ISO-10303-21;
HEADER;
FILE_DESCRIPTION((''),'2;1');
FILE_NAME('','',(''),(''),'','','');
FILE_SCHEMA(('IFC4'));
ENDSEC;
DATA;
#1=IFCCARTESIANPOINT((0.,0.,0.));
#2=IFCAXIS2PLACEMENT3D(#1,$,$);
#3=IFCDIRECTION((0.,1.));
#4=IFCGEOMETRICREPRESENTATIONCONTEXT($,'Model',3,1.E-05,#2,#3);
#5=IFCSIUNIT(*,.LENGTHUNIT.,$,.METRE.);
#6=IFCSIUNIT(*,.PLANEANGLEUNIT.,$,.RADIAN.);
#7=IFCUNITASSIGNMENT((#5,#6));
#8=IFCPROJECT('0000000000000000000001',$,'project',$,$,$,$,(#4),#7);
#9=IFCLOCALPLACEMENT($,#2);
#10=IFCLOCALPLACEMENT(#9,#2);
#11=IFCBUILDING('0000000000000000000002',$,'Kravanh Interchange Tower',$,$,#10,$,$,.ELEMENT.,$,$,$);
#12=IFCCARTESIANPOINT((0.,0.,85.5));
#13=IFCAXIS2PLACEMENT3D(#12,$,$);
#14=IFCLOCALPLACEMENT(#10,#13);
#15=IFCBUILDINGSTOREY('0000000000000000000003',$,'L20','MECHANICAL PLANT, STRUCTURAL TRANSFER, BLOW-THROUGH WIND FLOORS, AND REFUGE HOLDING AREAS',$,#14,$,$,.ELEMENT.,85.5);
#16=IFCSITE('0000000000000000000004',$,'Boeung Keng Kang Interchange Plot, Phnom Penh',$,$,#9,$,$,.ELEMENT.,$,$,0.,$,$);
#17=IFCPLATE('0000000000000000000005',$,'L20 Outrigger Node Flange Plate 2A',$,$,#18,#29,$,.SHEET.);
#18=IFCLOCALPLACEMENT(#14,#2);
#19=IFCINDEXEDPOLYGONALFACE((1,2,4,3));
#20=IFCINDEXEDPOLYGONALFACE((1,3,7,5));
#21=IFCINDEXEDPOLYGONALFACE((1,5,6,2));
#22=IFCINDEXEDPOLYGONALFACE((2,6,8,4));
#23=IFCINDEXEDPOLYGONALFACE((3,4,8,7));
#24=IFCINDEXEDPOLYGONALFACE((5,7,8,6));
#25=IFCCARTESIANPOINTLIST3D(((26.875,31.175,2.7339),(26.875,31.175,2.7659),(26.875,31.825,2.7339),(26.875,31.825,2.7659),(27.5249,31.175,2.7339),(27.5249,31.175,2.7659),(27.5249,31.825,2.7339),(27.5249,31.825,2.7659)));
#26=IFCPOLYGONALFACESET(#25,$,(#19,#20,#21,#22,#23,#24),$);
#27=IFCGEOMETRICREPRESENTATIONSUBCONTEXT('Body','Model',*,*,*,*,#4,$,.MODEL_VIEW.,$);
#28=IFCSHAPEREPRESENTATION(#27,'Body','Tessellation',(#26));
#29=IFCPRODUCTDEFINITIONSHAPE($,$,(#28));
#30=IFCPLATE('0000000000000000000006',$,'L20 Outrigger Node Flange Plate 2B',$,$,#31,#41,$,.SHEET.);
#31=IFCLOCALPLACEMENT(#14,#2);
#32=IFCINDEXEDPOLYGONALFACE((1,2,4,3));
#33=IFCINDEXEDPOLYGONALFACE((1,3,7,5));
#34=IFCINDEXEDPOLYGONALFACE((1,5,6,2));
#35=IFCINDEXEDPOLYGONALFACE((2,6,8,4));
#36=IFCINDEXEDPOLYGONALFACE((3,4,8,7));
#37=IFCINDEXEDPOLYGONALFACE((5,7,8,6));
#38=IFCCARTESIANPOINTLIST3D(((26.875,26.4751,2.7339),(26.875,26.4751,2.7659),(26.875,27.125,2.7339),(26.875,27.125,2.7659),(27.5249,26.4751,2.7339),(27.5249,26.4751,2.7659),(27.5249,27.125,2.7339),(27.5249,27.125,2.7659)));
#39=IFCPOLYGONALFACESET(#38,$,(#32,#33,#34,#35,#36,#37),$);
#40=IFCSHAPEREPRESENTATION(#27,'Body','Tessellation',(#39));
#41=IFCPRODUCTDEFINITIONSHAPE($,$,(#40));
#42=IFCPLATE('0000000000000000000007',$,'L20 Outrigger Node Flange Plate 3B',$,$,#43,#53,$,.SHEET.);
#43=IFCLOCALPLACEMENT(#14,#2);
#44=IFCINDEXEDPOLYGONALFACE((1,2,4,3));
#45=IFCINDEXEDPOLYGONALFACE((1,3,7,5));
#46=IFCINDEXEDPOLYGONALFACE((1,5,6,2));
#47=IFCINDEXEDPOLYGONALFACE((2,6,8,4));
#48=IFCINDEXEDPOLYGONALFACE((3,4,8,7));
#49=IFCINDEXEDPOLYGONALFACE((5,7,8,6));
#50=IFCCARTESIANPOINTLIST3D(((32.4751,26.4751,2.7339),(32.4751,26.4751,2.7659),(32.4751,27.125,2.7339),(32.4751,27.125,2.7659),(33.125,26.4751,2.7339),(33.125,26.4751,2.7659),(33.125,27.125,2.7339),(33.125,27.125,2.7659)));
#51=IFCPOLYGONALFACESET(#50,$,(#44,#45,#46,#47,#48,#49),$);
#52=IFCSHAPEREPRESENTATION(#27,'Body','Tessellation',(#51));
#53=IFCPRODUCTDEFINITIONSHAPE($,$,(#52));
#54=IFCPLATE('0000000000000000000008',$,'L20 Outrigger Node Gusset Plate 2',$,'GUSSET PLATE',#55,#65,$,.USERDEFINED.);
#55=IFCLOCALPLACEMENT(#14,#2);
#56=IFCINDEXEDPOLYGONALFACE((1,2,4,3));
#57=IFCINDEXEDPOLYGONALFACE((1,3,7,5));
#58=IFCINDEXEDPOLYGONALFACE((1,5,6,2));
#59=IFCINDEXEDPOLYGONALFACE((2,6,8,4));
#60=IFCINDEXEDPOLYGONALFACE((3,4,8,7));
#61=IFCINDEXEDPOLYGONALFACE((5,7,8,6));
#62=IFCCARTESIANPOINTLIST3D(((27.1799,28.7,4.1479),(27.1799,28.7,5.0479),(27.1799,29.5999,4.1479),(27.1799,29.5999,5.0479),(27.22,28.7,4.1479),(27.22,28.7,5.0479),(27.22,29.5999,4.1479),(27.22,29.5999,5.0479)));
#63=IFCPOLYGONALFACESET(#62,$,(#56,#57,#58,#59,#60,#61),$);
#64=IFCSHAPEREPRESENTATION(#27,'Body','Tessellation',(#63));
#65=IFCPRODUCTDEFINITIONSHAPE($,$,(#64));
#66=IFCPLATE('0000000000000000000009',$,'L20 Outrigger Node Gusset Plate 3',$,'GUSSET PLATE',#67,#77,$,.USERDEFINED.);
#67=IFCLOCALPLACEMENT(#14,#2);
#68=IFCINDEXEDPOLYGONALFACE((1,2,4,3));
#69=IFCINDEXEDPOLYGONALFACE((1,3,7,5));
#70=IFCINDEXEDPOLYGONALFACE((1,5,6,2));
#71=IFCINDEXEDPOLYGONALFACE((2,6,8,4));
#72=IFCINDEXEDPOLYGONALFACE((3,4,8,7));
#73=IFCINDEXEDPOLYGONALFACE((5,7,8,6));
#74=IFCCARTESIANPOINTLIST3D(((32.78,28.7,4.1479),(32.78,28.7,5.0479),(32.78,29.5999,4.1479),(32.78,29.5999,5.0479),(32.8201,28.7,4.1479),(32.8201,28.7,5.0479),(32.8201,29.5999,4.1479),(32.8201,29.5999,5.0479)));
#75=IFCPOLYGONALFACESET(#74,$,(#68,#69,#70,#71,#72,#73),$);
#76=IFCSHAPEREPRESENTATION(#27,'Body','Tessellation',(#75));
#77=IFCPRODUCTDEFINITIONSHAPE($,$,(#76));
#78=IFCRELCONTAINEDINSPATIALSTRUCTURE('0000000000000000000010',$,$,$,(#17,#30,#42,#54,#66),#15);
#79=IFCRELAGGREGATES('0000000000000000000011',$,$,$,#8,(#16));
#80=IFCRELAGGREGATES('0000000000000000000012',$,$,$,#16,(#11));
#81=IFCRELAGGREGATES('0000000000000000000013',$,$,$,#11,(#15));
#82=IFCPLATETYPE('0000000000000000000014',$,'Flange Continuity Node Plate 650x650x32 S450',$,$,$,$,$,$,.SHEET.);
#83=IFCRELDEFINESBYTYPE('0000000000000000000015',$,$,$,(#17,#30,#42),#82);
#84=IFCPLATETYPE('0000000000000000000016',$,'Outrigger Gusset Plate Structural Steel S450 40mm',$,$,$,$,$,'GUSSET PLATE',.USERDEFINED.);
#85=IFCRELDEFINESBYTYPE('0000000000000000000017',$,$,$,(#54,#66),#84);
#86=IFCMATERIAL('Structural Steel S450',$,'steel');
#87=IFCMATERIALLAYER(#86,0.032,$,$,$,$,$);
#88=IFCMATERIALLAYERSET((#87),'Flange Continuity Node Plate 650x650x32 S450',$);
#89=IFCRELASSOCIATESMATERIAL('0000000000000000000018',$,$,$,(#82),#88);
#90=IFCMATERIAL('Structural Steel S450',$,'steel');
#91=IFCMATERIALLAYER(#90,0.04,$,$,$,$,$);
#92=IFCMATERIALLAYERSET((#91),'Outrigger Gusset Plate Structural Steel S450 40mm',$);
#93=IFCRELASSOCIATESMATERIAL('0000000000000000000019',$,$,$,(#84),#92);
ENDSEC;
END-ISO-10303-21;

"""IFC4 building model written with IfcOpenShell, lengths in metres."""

from ifc_helpers import new_model, si_unit, direction, frame, origin, origin_2d, place, context, subcontext, project, spatial, rectangle, extrude, material, layer, layer_set, type_object, element, save


model = new_model("IFC4")

# Units and contexts
model_context = context("Model", 3, precision=1e-05, world=origin(), true_north=direction((0.0, 1.0)))
body_context = subcontext(model_context, "Body", "Model", "MODEL_VIEW")
ifc_project = project(units=[si_unit("LENGTHUNIT", "METRE"), si_unit("PLANEANGLEUNIT", "RADIAN")], contexts=[model_context])

# Site, building, storey
site_placement = place(None, origin())
site = spatial("IfcSite", under=ifc_project, at=site_placement, Name="Boeung Keng Kang Interchange Plot, Phnom Penh", CompositionType="ELEMENT", RefElevation=0.0)
building_placement = place(site_placement, origin())
building = spatial("IfcBuilding", under=site, at=building_placement, Name="Kravanh Interchange Tower", CompositionType="ELEMENT")
storey_placement = place(building_placement, frame((0.0, 0.0, 85.5)))
storey = spatial("IfcBuildingStorey", under=building, at=storey_placement, Name="L20", Description="MECHANICAL PLANT, STRUCTURAL TRANSFER, BLOW-THROUGH WIND FLOORS, AND REFUGE HOLDING AREAS", CompositionType="ELEMENT", Elevation=85.5)

# Plates
ifc_material_1 = material(Name="Structural Steel S450", Category="steel")
ifc_layer_1 = layer(ifc_material_1, 0.032)
ifc_layer_set_1 = layer_set([ifc_layer_1], Name="Flange Continuity Node Plate 650x650x32 S450")
plate_type_1 = type_object("IfcPlateType", Name="Flange Continuity Node Plate 650x650x32 S450", PredefinedType="SHEET", material=ifc_layer_set_1)
for number, where, z_axis, x_axis, name in (
    (1, (27.2, 31.5, 2.7339), (0.0, 0.0, 1.0), (1.0, 0.0, 0.0), "L20 Outrigger Node Flange Plate 2A"),
    (2, (27.2, 26.8, 2.7339), (0.0, 0.0, 1.0), (1.0, 0.0, 0.0), "L20 Outrigger Node Flange Plate 2B"),
    (3, (32.8, 26.8, 2.7339), (0.0, 0.0, 1.0), (1.0, 0.0, 0.0), "L20 Outrigger Node Flange Plate 3B"),
):
    element("IfcPlate", number, at=place(storey_placement, frame(where, z_axis=z_axis, x_axis=x_axis)), inside=storey, type_object=plate_type_1, Name=name, PredefinedType="SHEET", context=body_context, shape_type="SweptSolid", body=[
        extrude(rectangle(XDim=0.6499, YDim=0.6499, at=origin_2d()), origin(), (0.0, 0.0, 1.0), 0.032),
    ])
ifc_material_2 = material(Name="Structural Steel S450", Category="steel")
ifc_layer_2 = layer(ifc_material_2, 0.04)
ifc_layer_set_2 = layer_set([ifc_layer_2], Name="Outrigger Gusset Plate Structural Steel S450 40mm")
plate_type_2 = type_object("IfcPlateType", Name="Outrigger Gusset Plate Structural Steel S450 40mm", ElementType="GUSSET PLATE", PredefinedType="USERDEFINED", material=ifc_layer_set_2)
for number, where, z_axis, x_axis, name in (
    (4, (27.2, 29.1499, 4.1479), (0.0, 0.0, 1.0), (0.0, -1.0, 0.0), "L20 Outrigger Node Gusset Plate 2"),
    (5, (32.8, 29.1499, 4.1479), (0.0, 0.0, 1.0), (0.0, -1.0, 0.0), "L20 Outrigger Node Gusset Plate 3"),
):
    element("IfcPlate", number, at=place(storey_placement, frame(where, z_axis=z_axis, x_axis=x_axis)), inside=storey, type_object=plate_type_2, Name=name, ObjectType="GUSSET PLATE", PredefinedType="USERDEFINED", context=body_context, shape_type="SweptSolid", body=[
        extrude(rectangle(XDim=0.8999, YDim=0.04, at=origin_2d()), origin(), (0.0, 0.0, 1.0), 0.8999),
    ])

save(model, "model.ifc")
